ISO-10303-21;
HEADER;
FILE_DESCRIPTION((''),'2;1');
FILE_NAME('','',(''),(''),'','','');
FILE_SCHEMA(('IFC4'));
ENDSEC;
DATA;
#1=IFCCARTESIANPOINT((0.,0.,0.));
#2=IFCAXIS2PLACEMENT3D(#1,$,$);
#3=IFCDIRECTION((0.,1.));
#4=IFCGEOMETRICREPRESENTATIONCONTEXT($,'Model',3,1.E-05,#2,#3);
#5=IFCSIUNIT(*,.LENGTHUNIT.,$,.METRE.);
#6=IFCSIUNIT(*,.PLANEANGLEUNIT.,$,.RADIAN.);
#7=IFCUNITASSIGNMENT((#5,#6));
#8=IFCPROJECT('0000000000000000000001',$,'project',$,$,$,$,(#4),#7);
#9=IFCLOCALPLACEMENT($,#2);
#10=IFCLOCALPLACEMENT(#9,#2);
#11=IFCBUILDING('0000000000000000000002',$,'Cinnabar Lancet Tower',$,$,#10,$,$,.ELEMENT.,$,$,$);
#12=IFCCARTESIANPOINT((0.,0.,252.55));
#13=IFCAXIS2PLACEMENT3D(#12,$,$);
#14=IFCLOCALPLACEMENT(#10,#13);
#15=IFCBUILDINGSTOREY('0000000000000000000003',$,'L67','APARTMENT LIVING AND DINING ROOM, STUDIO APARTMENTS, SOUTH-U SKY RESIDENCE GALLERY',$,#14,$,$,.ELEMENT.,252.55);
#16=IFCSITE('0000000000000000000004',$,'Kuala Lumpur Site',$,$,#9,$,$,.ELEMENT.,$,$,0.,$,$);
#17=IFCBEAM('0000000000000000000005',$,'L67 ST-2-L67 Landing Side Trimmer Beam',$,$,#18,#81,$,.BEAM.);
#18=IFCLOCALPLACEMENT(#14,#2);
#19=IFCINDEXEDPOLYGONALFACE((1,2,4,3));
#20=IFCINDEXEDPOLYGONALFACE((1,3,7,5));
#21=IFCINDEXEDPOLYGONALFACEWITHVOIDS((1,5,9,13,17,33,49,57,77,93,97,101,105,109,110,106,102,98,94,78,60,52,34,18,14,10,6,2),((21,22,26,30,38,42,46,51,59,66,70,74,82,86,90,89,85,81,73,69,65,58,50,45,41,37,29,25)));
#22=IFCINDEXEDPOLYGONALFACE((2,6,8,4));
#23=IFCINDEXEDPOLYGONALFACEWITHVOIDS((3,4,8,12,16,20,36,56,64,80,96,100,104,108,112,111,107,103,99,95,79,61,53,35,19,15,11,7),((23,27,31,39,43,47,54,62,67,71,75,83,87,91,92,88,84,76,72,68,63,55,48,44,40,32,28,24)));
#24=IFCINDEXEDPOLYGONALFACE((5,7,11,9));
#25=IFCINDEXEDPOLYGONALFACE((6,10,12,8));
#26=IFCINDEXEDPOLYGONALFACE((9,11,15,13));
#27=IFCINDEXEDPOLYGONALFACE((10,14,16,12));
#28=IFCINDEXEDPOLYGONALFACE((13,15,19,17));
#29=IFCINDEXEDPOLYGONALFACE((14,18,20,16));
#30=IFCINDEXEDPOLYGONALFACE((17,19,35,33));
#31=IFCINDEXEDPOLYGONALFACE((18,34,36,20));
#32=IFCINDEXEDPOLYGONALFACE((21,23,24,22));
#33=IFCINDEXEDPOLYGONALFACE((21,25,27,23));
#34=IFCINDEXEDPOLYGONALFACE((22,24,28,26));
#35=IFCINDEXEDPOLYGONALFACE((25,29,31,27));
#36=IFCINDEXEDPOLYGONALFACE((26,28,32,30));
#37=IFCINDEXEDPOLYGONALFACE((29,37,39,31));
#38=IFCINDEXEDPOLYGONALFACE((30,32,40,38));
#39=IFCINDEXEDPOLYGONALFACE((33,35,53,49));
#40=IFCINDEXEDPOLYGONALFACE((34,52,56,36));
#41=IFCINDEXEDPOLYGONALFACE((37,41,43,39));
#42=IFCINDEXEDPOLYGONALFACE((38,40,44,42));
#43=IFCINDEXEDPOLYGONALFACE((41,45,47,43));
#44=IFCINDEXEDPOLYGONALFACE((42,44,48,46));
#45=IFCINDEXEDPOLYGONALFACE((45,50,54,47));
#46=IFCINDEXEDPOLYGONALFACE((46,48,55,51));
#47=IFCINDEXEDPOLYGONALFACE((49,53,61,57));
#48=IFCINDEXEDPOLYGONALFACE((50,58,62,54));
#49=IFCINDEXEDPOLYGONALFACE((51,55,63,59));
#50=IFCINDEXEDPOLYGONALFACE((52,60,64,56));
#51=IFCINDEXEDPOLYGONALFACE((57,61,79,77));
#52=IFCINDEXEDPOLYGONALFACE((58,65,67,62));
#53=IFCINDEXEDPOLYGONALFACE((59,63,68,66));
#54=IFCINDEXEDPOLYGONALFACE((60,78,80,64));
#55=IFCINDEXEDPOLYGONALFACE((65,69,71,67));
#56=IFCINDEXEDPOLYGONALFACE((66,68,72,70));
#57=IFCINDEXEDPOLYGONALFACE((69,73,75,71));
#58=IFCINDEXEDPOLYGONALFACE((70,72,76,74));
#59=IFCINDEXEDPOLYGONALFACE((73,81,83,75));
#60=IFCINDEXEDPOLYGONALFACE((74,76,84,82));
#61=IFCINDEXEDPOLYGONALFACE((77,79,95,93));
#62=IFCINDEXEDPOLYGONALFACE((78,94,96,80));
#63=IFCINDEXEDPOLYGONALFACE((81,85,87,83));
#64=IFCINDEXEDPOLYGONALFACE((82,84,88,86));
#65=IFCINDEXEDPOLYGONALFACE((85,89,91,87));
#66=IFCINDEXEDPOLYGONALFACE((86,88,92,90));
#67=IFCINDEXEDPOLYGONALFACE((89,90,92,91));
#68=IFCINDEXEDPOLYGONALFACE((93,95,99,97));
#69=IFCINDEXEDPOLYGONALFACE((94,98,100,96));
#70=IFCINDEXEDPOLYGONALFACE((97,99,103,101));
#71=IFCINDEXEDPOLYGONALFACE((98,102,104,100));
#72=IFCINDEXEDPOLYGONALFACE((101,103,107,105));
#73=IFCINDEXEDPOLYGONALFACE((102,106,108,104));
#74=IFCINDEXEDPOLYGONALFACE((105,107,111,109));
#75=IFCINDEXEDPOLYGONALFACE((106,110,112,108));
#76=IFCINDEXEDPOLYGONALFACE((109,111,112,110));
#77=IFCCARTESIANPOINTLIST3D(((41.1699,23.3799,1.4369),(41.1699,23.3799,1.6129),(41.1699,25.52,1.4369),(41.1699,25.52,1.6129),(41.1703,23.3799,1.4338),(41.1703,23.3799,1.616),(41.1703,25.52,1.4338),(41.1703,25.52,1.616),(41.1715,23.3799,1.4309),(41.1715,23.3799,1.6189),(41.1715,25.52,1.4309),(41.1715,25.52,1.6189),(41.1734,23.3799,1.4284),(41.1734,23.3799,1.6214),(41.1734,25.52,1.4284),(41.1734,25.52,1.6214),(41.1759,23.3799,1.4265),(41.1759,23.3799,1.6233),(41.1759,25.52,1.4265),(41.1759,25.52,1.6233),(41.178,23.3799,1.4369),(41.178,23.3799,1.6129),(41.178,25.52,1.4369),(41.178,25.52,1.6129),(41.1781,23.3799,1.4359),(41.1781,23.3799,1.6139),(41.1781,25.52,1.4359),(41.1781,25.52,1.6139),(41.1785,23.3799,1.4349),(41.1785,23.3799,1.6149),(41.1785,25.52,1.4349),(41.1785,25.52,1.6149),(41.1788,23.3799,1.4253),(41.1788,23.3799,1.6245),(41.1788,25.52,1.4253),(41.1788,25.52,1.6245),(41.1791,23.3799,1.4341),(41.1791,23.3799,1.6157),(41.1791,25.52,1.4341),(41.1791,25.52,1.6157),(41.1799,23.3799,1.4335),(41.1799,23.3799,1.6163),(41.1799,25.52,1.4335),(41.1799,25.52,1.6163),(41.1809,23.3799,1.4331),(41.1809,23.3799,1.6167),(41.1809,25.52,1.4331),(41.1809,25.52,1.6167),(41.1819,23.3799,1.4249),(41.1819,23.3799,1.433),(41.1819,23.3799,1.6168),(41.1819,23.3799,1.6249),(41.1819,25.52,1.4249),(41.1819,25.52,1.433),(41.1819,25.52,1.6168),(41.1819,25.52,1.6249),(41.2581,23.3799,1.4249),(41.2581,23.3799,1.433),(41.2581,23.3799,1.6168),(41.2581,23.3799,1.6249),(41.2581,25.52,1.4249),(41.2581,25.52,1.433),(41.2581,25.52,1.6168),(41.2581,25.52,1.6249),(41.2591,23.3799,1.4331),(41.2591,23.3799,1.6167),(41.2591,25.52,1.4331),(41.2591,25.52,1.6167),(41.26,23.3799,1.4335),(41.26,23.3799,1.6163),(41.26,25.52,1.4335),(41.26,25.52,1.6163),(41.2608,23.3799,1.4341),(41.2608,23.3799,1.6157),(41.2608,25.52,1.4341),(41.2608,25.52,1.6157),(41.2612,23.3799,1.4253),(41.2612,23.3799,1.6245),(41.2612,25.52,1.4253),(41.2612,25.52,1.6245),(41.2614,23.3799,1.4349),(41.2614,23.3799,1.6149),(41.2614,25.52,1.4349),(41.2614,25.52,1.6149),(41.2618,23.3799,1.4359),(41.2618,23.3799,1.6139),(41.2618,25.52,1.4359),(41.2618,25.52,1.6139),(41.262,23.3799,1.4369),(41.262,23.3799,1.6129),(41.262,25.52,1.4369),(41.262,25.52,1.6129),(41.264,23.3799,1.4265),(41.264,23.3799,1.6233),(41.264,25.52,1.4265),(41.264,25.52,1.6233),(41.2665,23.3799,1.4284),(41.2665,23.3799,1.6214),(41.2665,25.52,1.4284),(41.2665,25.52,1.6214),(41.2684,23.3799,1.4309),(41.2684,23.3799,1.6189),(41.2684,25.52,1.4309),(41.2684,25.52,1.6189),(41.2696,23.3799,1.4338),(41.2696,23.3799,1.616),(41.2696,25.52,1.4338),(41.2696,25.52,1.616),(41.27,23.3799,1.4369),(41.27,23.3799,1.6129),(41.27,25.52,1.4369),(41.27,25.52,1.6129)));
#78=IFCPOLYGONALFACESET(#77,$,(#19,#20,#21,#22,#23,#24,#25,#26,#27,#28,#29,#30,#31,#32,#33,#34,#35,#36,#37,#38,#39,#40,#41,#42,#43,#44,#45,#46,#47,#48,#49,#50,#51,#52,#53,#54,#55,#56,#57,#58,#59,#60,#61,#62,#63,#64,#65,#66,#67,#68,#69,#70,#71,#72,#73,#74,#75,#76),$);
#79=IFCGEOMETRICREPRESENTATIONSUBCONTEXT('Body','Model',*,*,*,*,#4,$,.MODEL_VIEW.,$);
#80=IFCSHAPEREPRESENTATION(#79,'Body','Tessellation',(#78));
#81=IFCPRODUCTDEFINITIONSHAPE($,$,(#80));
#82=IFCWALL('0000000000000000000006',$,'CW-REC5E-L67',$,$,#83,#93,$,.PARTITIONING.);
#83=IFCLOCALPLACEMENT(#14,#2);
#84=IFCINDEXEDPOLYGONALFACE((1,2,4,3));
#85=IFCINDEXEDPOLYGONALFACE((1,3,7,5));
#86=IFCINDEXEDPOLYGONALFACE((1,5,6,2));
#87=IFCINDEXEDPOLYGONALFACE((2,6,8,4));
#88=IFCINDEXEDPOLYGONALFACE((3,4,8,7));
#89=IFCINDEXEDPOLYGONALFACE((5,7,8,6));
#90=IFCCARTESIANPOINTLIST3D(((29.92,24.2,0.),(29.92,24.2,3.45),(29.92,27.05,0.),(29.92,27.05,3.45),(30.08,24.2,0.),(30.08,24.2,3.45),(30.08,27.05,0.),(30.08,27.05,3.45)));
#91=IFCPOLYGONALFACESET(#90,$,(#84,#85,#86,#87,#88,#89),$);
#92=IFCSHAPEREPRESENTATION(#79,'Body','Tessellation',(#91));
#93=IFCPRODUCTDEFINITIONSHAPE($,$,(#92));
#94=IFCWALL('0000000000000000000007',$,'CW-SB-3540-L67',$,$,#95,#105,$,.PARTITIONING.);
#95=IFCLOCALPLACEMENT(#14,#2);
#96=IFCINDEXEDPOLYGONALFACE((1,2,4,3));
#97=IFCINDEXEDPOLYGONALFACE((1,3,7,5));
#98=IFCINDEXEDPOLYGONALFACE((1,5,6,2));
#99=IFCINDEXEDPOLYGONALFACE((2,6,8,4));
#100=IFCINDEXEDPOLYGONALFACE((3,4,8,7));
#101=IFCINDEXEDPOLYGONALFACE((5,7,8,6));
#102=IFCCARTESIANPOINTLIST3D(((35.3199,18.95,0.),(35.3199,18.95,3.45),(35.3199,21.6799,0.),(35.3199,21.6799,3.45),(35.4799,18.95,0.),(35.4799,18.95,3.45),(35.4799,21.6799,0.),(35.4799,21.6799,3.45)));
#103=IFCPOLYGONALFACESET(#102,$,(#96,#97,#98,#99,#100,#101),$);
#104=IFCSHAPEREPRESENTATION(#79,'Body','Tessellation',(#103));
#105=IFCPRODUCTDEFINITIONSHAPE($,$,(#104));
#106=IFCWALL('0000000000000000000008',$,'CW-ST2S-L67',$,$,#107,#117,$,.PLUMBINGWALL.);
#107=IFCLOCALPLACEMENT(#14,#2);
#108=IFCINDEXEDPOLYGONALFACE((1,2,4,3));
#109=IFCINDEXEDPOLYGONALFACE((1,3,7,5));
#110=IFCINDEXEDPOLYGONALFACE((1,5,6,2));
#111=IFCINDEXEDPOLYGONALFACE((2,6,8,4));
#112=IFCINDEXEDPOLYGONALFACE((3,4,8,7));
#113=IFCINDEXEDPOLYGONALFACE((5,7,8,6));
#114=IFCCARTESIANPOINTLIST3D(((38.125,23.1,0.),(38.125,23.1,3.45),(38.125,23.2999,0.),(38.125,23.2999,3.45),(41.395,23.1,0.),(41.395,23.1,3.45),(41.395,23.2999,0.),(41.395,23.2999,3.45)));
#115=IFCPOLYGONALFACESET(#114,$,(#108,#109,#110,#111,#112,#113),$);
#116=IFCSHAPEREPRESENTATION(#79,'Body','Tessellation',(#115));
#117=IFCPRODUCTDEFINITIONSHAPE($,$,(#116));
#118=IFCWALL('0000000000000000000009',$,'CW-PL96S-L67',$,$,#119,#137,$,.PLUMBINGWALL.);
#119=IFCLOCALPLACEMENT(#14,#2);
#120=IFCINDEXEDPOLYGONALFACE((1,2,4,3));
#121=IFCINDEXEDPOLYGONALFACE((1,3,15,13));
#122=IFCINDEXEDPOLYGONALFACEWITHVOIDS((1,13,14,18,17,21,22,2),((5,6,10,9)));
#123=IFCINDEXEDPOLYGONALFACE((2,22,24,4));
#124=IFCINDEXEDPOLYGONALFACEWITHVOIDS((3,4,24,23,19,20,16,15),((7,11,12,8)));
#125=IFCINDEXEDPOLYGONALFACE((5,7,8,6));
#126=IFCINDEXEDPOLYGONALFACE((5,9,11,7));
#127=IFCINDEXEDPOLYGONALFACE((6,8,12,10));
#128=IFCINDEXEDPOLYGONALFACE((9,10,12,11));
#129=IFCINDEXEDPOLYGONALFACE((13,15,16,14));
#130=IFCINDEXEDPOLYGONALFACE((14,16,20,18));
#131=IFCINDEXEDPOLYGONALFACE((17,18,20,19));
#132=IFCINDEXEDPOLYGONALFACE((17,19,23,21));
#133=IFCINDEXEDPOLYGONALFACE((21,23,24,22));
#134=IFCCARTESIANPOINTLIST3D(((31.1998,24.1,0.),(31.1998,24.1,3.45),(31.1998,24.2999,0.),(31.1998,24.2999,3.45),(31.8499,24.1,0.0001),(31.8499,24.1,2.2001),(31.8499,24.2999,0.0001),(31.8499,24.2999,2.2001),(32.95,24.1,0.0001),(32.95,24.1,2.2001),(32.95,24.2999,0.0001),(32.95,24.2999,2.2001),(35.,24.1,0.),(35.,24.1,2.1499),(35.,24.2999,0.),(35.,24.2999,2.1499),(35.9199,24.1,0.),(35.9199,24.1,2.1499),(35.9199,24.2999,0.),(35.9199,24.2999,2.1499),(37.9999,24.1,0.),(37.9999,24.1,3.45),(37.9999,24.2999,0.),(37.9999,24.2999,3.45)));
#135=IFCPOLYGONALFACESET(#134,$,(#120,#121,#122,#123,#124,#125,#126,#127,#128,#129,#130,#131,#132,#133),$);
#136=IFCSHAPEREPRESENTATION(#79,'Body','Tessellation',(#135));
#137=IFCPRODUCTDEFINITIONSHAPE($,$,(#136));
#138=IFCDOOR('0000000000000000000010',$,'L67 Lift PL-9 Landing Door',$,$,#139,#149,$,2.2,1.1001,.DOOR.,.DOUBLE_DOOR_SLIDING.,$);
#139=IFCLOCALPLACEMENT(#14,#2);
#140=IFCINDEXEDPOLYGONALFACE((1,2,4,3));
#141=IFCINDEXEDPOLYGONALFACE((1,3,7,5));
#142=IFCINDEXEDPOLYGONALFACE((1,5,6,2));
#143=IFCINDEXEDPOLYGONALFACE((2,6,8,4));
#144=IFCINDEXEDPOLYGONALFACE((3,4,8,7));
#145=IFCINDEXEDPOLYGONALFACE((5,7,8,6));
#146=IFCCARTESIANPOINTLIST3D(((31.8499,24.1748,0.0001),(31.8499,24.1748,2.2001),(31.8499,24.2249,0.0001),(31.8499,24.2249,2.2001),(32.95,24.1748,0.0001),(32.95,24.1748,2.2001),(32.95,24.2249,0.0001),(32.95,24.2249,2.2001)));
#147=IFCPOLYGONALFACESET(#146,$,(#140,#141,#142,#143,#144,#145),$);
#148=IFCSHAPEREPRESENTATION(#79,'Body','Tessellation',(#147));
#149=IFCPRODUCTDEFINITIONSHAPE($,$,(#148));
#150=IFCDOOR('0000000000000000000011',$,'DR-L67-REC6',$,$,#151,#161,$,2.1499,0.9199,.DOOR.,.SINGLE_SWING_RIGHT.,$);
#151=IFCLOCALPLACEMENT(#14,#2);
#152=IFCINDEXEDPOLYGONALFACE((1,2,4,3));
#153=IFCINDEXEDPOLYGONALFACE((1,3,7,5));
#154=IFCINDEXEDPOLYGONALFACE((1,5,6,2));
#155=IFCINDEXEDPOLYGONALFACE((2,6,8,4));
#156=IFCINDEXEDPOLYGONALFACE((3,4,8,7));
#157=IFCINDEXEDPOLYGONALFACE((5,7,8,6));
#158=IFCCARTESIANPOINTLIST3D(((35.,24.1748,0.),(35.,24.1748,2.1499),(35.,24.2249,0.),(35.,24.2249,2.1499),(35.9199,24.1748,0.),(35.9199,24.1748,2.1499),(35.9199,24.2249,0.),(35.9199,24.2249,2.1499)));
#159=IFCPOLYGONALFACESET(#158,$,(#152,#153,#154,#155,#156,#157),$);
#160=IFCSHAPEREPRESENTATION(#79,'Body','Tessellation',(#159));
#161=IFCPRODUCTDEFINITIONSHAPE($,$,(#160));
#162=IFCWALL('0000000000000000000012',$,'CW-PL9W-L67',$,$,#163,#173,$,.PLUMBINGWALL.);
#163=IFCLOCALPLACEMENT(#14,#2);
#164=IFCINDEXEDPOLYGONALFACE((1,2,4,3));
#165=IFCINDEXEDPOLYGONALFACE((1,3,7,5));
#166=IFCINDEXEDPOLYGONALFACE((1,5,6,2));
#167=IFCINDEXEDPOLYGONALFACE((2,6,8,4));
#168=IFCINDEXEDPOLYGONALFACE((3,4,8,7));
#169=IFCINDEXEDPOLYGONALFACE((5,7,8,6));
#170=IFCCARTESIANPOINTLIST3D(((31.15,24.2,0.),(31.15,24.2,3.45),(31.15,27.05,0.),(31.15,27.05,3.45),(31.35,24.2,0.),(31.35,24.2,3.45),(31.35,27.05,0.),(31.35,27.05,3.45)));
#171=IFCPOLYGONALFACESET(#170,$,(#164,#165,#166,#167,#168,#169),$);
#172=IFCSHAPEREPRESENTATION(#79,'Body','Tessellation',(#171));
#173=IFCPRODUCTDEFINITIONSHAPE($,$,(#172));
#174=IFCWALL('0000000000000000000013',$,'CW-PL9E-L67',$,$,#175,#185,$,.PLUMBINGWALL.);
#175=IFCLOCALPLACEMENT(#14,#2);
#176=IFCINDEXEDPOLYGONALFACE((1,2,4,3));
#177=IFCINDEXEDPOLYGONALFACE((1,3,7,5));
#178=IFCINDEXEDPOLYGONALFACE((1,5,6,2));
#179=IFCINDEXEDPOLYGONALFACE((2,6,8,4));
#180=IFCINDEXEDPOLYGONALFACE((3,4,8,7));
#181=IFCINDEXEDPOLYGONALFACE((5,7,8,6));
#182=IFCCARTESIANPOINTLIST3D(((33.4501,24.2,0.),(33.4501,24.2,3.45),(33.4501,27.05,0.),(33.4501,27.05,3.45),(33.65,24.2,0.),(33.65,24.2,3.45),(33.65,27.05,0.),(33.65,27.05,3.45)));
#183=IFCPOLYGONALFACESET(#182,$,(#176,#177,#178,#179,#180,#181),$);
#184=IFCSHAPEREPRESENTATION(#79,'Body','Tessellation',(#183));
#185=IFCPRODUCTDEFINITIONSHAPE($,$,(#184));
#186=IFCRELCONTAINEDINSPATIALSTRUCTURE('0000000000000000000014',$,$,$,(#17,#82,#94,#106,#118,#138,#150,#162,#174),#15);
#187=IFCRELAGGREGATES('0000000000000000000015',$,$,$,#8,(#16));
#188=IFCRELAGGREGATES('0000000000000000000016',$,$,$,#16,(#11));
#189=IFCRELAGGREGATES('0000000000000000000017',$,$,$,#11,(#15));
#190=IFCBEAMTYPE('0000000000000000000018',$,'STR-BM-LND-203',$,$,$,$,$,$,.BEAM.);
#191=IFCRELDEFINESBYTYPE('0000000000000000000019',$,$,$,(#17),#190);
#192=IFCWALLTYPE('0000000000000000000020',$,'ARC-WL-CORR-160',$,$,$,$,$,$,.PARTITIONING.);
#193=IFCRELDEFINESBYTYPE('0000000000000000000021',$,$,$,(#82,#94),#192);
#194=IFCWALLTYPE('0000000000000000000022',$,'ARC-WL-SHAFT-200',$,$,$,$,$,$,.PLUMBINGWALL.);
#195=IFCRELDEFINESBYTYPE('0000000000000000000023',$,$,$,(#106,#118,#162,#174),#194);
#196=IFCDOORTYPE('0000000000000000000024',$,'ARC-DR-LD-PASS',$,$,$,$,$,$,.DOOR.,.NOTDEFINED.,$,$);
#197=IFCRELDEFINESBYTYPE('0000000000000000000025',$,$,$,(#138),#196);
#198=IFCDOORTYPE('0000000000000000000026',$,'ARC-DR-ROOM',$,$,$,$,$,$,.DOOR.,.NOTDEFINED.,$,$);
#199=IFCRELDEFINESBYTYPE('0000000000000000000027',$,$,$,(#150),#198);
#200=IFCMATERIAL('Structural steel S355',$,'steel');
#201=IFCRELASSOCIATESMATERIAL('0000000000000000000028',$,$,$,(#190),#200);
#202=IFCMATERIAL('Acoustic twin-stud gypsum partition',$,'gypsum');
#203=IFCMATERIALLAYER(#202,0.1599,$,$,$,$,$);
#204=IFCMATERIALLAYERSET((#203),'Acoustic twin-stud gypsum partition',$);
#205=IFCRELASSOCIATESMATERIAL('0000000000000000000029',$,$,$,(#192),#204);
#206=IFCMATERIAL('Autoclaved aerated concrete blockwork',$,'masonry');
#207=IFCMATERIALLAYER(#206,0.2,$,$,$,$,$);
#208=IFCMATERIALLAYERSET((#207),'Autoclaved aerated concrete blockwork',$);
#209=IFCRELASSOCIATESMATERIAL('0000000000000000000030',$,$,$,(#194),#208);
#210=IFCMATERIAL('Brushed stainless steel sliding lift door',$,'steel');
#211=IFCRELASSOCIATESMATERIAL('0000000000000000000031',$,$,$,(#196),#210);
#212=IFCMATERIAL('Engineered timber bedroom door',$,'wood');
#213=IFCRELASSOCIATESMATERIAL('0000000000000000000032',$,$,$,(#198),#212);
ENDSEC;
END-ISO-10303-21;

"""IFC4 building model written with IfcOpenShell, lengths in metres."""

from ifc_helpers import new_model, si_unit, direction, frame, frame_2d, origin, origin_2d, place, context, subcontext, project, spatial, rectangle, hollow_rectangle, extrude, material, layer, layer_set, material_profile, profile_set, type_object, element, fill, save


model = new_model("IFC4")

# Units and contexts
model_context = context("Model", 3, precision=1e-05, world=origin(), true_north=direction((0.0, 1.0)))
body_context = subcontext(model_context, "Body", "Model", "MODEL_VIEW")
ifc_project = project(units=[si_unit("LENGTHUNIT", "METRE"), si_unit("PLANEANGLEUNIT", "RADIAN")], contexts=[model_context])

# Site, building, storey
site_placement = place(None, origin())
site = spatial("IfcSite", under=ifc_project, at=site_placement, Name="Kuala Lumpur Site", CompositionType="ELEMENT", RefElevation=0.0)
building_placement = place(site_placement, origin())
building = spatial("IfcBuilding", under=site, at=building_placement, Name="Cinnabar Lancet Tower", CompositionType="ELEMENT")
storey_placement = place(building_placement, frame((0.0, 0.0, 252.55)))
storey = spatial("IfcBuildingStorey", under=building, at=storey_placement, Name="L67", Description="APARTMENT LIVING AND DINING ROOM, STUDIO APARTMENTS, SOUTH-U SKY RESIDENCE GALLERY", CompositionType="ELEMENT", Elevation=252.55)

# Beam
ifc_material_1 = material(Name="Structural steel S355", Category="steel")
ifc_material_profile_1 = material_profile(ifc_material_1, hollow_rectangle(XDim=0.1001, YDim=0.2, WallThickness=0.0081, InnerFilletRadius=0.0039, OuterFilletRadius=0.012, at=origin_2d()), Name="RHS 200x100x8")
ifc_profile_set_1 = profile_set([ifc_material_profile_1], Name="Structural steel S355")
beam_type_1 = type_object("IfcBeamType", Name="STR-BM-LND-203", PredefinedType="BEAM", material=ifc_profile_set_1)
beam_1_placement = place(storey_placement, frame((41.22, 23.3799, 1.5249), z_axis=(0.0, 1.0, 0.0), x_axis=(-1.0, 0.0, 0.0)))
element("IfcBeam", 1, at=beam_1_placement, inside=storey, type_object=beam_type_1, Name="L67 ST-2-L67 Landing Side Trimmer Beam", PredefinedType="BEAM", context=body_context, shape_type="SweptSolid", body=[
    extrude(hollow_rectangle(XDim=0.1001, YDim=0.2, WallThickness=0.0081, InnerFilletRadius=0.0039, OuterFilletRadius=0.012, at=origin_2d()), origin(), (0.0, 0.0, 1.0), 2.1401),
])

# Walls
ifc_material_2 = material(Name="Acoustic twin-stud gypsum partition", Category="gypsum")
ifc_layer_1 = layer(ifc_material_2, 0.1599)
ifc_layer_set_1 = layer_set([ifc_layer_1], Name="Acoustic twin-stud gypsum partition")
wall_type_1 = type_object("IfcWallType", Name="ARC-WL-CORR-160", PredefinedType="PARTITIONING", material=ifc_layer_set_1)
wall_1_placement = place(storey_placement, frame((30.0, 24.2, 0.0), z_axis=(0.0, 0.0, 1.0), x_axis=(0.0, 1.0, 0.0)))
element("IfcWall", 2, at=wall_1_placement, inside=storey, type_object=wall_type_1, Name="CW-REC5E-L67", PredefinedType="PARTITIONING", context=body_context, shape_type="SweptSolid", body=[
    extrude(rectangle(XDim=2.8501, YDim=0.1599, at=frame_2d((1.425, 0.0))), origin(), (0.0, 0.0, 1.0), 3.45),
])
wall_2_placement = place(storey_placement, frame((35.3999, 18.95, 0.0), z_axis=(0.0, 0.0, 1.0), x_axis=(0.0, 1.0, 0.0)))
element("IfcWall", 3, at=wall_2_placement, inside=storey, type_object=wall_type_1, Name="CW-SB-3540-L67", PredefinedType="PARTITIONING", context=body_context, shape_type="SweptSolid", body=[
    extrude(rectangle(XDim=2.73, YDim=0.1599, at=frame_2d((1.365, 0.0))), origin(), (0.0, 0.0, 1.0), 3.45),
])
ifc_material_3 = material(Name="Autoclaved aerated concrete blockwork", Category="masonry")
ifc_layer_2 = layer(ifc_material_3, 0.2)
ifc_layer_set_2 = layer_set([ifc_layer_2], Name="Autoclaved aerated concrete blockwork")
wall_type_2 = type_object("IfcWallType", Name="ARC-WL-SHAFT-200", PredefinedType="PLUMBINGWALL", material=ifc_layer_set_2)
wall_3_placement = place(storey_placement, frame((38.125, 23.2, 0.0), z_axis=(0.0, 0.0, 1.0), x_axis=(1.0, 0.0, 0.0)))
element("IfcWall", 4, at=wall_3_placement, inside=storey, type_object=wall_type_2, Name="CW-ST2S-L67", PredefinedType="PLUMBINGWALL", context=body_context, shape_type="SweptSolid", body=[
    extrude(rectangle(XDim=3.27, YDim=0.2, at=frame_2d((1.635, 0.0))), origin(), (0.0, 0.0, 1.0), 3.45),
])

# Wall, openings, doors
wall_4_placement = place(storey_placement, frame((31.2, 24.2, 0.0), z_axis=(0.0, 0.0, 1.0), x_axis=(1.0, 0.0, 0.0)))
wall_4 = element("IfcWall", 5, at=wall_4_placement, inside=storey, type_object=wall_type_2, Name="CW-PL96S-L67", PredefinedType="PLUMBINGWALL", context=body_context, shape_type="SweptSolid", body=[
    extrude(rectangle(XDim=6.8, YDim=0.2, at=frame_2d((3.3999, 0.0))), origin(), (0.0, 0.0, 1.0), 3.45),
])
opening_1_placement = place(wall_4_placement, frame((0.6499, 0.0, 0.0)))
opening_1 = element("IfcOpeningElement", 6, at=opening_1_placement, cuts=wall_4, PredefinedType="OPENING", context=body_context, shape_type="SweptSolid", body=[
    extrude(rectangle(XDim=1.1001, YDim=2.2, at=frame_2d((0.55, 1.1001))), frame((0.0, 0.1099, 0.0), z_axis=(0.0, -1.0, 0.0), x_axis=(1.0, 0.0, 0.0)), (0.0, 0.0, 1.0), 0.22),
])
opening_2_placement = place(wall_4_placement, frame((3.8, 0.0, 0.0)))
opening_2 = element("IfcOpeningElement", 7, at=opening_2_placement, cuts=wall_4, PredefinedType="OPENING", context=body_context, shape_type="SweptSolid", body=[
    extrude(rectangle(XDim=0.9199, YDim=2.1499, at=frame_2d((0.46, 1.075))), frame((0.0, 0.1099, 0.0), z_axis=(0.0, -1.0, 0.0), x_axis=(1.0, 0.0, 0.0)), (0.0, 0.0, 1.0), 0.22),
])
ifc_material_4 = material(Name="Brushed stainless steel sliding lift door", Category="steel")
door_type_1 = type_object("IfcDoorType", Name="ARC-DR-LD-PASS", OperationType="NOTDEFINED", PredefinedType="DOOR", material=ifc_material_4)
door_1_placement = place(opening_1_placement, origin())
door_1 = element("IfcDoor", 8, at=door_1_placement, inside=storey, type_object=door_type_1, Name="L67 Lift PL-9 Landing Door", OperationType="DOUBLE_DOOR_SLIDING", OverallHeight=2.2, OverallWidth=1.1001, PredefinedType="DOOR", context=body_context, shape_type="SweptSolid", body=[
    extrude(rectangle(XDim=1.1001, YDim=2.2, at=frame_2d((0.55, 1.1001))), frame((0.0, 0.0249, 0.0), z_axis=(0.0, -1.0, 0.0), x_axis=(1.0, 0.0, 0.0)), (0.0, 0.0, 1.0), 0.05),
])
fill(opening_1, door_1)
ifc_material_5 = material(Name="Engineered timber bedroom door", Category="wood")
door_type_2 = type_object("IfcDoorType", Name="ARC-DR-ROOM", OperationType="NOTDEFINED", PredefinedType="DOOR", material=ifc_material_5)
door_2_placement = place(opening_2_placement, origin())
door_2 = element("IfcDoor", 9, at=door_2_placement, inside=storey, type_object=door_type_2, Name="DR-L67-REC6", OperationType="SINGLE_SWING_RIGHT", OverallHeight=2.1499, OverallWidth=0.9199, PredefinedType="DOOR", context=body_context, shape_type="SweptSolid", body=[
    extrude(rectangle(XDim=0.9199, YDim=2.1499, at=frame_2d((0.46, 1.075))), frame((0.0, 0.0249, 0.0), z_axis=(0.0, -1.0, 0.0), x_axis=(1.0, 0.0, 0.0)), (0.0, 0.0, 1.0), 0.05),
])
fill(opening_2, door_2)

# Walls
for number, where, z_axis, x_axis, name in (
    (10, (31.25, 24.2, 0.0), (0.0, 0.0, 1.0), (0.0, 1.0, 0.0), "CW-PL9W-L67"),
    (11, (33.55, 24.2, 0.0), (0.0, 0.0, 1.0), (0.0, 1.0, 0.0), "CW-PL9E-L67"),
):
    element("IfcWall", number, at=place(storey_placement, frame(where, z_axis=z_axis, x_axis=x_axis)), inside=storey, type_object=wall_type_2, Name=name, PredefinedType="PLUMBINGWALL", context=body_context, shape_type="SweptSolid", body=[
        extrude(rectangle(XDim=2.8501, YDim=0.2, at=frame_2d((1.425, 0.0))), origin(), (0.0, 0.0, 1.0), 3.45),
    ])

save(model, "model.ifc")
